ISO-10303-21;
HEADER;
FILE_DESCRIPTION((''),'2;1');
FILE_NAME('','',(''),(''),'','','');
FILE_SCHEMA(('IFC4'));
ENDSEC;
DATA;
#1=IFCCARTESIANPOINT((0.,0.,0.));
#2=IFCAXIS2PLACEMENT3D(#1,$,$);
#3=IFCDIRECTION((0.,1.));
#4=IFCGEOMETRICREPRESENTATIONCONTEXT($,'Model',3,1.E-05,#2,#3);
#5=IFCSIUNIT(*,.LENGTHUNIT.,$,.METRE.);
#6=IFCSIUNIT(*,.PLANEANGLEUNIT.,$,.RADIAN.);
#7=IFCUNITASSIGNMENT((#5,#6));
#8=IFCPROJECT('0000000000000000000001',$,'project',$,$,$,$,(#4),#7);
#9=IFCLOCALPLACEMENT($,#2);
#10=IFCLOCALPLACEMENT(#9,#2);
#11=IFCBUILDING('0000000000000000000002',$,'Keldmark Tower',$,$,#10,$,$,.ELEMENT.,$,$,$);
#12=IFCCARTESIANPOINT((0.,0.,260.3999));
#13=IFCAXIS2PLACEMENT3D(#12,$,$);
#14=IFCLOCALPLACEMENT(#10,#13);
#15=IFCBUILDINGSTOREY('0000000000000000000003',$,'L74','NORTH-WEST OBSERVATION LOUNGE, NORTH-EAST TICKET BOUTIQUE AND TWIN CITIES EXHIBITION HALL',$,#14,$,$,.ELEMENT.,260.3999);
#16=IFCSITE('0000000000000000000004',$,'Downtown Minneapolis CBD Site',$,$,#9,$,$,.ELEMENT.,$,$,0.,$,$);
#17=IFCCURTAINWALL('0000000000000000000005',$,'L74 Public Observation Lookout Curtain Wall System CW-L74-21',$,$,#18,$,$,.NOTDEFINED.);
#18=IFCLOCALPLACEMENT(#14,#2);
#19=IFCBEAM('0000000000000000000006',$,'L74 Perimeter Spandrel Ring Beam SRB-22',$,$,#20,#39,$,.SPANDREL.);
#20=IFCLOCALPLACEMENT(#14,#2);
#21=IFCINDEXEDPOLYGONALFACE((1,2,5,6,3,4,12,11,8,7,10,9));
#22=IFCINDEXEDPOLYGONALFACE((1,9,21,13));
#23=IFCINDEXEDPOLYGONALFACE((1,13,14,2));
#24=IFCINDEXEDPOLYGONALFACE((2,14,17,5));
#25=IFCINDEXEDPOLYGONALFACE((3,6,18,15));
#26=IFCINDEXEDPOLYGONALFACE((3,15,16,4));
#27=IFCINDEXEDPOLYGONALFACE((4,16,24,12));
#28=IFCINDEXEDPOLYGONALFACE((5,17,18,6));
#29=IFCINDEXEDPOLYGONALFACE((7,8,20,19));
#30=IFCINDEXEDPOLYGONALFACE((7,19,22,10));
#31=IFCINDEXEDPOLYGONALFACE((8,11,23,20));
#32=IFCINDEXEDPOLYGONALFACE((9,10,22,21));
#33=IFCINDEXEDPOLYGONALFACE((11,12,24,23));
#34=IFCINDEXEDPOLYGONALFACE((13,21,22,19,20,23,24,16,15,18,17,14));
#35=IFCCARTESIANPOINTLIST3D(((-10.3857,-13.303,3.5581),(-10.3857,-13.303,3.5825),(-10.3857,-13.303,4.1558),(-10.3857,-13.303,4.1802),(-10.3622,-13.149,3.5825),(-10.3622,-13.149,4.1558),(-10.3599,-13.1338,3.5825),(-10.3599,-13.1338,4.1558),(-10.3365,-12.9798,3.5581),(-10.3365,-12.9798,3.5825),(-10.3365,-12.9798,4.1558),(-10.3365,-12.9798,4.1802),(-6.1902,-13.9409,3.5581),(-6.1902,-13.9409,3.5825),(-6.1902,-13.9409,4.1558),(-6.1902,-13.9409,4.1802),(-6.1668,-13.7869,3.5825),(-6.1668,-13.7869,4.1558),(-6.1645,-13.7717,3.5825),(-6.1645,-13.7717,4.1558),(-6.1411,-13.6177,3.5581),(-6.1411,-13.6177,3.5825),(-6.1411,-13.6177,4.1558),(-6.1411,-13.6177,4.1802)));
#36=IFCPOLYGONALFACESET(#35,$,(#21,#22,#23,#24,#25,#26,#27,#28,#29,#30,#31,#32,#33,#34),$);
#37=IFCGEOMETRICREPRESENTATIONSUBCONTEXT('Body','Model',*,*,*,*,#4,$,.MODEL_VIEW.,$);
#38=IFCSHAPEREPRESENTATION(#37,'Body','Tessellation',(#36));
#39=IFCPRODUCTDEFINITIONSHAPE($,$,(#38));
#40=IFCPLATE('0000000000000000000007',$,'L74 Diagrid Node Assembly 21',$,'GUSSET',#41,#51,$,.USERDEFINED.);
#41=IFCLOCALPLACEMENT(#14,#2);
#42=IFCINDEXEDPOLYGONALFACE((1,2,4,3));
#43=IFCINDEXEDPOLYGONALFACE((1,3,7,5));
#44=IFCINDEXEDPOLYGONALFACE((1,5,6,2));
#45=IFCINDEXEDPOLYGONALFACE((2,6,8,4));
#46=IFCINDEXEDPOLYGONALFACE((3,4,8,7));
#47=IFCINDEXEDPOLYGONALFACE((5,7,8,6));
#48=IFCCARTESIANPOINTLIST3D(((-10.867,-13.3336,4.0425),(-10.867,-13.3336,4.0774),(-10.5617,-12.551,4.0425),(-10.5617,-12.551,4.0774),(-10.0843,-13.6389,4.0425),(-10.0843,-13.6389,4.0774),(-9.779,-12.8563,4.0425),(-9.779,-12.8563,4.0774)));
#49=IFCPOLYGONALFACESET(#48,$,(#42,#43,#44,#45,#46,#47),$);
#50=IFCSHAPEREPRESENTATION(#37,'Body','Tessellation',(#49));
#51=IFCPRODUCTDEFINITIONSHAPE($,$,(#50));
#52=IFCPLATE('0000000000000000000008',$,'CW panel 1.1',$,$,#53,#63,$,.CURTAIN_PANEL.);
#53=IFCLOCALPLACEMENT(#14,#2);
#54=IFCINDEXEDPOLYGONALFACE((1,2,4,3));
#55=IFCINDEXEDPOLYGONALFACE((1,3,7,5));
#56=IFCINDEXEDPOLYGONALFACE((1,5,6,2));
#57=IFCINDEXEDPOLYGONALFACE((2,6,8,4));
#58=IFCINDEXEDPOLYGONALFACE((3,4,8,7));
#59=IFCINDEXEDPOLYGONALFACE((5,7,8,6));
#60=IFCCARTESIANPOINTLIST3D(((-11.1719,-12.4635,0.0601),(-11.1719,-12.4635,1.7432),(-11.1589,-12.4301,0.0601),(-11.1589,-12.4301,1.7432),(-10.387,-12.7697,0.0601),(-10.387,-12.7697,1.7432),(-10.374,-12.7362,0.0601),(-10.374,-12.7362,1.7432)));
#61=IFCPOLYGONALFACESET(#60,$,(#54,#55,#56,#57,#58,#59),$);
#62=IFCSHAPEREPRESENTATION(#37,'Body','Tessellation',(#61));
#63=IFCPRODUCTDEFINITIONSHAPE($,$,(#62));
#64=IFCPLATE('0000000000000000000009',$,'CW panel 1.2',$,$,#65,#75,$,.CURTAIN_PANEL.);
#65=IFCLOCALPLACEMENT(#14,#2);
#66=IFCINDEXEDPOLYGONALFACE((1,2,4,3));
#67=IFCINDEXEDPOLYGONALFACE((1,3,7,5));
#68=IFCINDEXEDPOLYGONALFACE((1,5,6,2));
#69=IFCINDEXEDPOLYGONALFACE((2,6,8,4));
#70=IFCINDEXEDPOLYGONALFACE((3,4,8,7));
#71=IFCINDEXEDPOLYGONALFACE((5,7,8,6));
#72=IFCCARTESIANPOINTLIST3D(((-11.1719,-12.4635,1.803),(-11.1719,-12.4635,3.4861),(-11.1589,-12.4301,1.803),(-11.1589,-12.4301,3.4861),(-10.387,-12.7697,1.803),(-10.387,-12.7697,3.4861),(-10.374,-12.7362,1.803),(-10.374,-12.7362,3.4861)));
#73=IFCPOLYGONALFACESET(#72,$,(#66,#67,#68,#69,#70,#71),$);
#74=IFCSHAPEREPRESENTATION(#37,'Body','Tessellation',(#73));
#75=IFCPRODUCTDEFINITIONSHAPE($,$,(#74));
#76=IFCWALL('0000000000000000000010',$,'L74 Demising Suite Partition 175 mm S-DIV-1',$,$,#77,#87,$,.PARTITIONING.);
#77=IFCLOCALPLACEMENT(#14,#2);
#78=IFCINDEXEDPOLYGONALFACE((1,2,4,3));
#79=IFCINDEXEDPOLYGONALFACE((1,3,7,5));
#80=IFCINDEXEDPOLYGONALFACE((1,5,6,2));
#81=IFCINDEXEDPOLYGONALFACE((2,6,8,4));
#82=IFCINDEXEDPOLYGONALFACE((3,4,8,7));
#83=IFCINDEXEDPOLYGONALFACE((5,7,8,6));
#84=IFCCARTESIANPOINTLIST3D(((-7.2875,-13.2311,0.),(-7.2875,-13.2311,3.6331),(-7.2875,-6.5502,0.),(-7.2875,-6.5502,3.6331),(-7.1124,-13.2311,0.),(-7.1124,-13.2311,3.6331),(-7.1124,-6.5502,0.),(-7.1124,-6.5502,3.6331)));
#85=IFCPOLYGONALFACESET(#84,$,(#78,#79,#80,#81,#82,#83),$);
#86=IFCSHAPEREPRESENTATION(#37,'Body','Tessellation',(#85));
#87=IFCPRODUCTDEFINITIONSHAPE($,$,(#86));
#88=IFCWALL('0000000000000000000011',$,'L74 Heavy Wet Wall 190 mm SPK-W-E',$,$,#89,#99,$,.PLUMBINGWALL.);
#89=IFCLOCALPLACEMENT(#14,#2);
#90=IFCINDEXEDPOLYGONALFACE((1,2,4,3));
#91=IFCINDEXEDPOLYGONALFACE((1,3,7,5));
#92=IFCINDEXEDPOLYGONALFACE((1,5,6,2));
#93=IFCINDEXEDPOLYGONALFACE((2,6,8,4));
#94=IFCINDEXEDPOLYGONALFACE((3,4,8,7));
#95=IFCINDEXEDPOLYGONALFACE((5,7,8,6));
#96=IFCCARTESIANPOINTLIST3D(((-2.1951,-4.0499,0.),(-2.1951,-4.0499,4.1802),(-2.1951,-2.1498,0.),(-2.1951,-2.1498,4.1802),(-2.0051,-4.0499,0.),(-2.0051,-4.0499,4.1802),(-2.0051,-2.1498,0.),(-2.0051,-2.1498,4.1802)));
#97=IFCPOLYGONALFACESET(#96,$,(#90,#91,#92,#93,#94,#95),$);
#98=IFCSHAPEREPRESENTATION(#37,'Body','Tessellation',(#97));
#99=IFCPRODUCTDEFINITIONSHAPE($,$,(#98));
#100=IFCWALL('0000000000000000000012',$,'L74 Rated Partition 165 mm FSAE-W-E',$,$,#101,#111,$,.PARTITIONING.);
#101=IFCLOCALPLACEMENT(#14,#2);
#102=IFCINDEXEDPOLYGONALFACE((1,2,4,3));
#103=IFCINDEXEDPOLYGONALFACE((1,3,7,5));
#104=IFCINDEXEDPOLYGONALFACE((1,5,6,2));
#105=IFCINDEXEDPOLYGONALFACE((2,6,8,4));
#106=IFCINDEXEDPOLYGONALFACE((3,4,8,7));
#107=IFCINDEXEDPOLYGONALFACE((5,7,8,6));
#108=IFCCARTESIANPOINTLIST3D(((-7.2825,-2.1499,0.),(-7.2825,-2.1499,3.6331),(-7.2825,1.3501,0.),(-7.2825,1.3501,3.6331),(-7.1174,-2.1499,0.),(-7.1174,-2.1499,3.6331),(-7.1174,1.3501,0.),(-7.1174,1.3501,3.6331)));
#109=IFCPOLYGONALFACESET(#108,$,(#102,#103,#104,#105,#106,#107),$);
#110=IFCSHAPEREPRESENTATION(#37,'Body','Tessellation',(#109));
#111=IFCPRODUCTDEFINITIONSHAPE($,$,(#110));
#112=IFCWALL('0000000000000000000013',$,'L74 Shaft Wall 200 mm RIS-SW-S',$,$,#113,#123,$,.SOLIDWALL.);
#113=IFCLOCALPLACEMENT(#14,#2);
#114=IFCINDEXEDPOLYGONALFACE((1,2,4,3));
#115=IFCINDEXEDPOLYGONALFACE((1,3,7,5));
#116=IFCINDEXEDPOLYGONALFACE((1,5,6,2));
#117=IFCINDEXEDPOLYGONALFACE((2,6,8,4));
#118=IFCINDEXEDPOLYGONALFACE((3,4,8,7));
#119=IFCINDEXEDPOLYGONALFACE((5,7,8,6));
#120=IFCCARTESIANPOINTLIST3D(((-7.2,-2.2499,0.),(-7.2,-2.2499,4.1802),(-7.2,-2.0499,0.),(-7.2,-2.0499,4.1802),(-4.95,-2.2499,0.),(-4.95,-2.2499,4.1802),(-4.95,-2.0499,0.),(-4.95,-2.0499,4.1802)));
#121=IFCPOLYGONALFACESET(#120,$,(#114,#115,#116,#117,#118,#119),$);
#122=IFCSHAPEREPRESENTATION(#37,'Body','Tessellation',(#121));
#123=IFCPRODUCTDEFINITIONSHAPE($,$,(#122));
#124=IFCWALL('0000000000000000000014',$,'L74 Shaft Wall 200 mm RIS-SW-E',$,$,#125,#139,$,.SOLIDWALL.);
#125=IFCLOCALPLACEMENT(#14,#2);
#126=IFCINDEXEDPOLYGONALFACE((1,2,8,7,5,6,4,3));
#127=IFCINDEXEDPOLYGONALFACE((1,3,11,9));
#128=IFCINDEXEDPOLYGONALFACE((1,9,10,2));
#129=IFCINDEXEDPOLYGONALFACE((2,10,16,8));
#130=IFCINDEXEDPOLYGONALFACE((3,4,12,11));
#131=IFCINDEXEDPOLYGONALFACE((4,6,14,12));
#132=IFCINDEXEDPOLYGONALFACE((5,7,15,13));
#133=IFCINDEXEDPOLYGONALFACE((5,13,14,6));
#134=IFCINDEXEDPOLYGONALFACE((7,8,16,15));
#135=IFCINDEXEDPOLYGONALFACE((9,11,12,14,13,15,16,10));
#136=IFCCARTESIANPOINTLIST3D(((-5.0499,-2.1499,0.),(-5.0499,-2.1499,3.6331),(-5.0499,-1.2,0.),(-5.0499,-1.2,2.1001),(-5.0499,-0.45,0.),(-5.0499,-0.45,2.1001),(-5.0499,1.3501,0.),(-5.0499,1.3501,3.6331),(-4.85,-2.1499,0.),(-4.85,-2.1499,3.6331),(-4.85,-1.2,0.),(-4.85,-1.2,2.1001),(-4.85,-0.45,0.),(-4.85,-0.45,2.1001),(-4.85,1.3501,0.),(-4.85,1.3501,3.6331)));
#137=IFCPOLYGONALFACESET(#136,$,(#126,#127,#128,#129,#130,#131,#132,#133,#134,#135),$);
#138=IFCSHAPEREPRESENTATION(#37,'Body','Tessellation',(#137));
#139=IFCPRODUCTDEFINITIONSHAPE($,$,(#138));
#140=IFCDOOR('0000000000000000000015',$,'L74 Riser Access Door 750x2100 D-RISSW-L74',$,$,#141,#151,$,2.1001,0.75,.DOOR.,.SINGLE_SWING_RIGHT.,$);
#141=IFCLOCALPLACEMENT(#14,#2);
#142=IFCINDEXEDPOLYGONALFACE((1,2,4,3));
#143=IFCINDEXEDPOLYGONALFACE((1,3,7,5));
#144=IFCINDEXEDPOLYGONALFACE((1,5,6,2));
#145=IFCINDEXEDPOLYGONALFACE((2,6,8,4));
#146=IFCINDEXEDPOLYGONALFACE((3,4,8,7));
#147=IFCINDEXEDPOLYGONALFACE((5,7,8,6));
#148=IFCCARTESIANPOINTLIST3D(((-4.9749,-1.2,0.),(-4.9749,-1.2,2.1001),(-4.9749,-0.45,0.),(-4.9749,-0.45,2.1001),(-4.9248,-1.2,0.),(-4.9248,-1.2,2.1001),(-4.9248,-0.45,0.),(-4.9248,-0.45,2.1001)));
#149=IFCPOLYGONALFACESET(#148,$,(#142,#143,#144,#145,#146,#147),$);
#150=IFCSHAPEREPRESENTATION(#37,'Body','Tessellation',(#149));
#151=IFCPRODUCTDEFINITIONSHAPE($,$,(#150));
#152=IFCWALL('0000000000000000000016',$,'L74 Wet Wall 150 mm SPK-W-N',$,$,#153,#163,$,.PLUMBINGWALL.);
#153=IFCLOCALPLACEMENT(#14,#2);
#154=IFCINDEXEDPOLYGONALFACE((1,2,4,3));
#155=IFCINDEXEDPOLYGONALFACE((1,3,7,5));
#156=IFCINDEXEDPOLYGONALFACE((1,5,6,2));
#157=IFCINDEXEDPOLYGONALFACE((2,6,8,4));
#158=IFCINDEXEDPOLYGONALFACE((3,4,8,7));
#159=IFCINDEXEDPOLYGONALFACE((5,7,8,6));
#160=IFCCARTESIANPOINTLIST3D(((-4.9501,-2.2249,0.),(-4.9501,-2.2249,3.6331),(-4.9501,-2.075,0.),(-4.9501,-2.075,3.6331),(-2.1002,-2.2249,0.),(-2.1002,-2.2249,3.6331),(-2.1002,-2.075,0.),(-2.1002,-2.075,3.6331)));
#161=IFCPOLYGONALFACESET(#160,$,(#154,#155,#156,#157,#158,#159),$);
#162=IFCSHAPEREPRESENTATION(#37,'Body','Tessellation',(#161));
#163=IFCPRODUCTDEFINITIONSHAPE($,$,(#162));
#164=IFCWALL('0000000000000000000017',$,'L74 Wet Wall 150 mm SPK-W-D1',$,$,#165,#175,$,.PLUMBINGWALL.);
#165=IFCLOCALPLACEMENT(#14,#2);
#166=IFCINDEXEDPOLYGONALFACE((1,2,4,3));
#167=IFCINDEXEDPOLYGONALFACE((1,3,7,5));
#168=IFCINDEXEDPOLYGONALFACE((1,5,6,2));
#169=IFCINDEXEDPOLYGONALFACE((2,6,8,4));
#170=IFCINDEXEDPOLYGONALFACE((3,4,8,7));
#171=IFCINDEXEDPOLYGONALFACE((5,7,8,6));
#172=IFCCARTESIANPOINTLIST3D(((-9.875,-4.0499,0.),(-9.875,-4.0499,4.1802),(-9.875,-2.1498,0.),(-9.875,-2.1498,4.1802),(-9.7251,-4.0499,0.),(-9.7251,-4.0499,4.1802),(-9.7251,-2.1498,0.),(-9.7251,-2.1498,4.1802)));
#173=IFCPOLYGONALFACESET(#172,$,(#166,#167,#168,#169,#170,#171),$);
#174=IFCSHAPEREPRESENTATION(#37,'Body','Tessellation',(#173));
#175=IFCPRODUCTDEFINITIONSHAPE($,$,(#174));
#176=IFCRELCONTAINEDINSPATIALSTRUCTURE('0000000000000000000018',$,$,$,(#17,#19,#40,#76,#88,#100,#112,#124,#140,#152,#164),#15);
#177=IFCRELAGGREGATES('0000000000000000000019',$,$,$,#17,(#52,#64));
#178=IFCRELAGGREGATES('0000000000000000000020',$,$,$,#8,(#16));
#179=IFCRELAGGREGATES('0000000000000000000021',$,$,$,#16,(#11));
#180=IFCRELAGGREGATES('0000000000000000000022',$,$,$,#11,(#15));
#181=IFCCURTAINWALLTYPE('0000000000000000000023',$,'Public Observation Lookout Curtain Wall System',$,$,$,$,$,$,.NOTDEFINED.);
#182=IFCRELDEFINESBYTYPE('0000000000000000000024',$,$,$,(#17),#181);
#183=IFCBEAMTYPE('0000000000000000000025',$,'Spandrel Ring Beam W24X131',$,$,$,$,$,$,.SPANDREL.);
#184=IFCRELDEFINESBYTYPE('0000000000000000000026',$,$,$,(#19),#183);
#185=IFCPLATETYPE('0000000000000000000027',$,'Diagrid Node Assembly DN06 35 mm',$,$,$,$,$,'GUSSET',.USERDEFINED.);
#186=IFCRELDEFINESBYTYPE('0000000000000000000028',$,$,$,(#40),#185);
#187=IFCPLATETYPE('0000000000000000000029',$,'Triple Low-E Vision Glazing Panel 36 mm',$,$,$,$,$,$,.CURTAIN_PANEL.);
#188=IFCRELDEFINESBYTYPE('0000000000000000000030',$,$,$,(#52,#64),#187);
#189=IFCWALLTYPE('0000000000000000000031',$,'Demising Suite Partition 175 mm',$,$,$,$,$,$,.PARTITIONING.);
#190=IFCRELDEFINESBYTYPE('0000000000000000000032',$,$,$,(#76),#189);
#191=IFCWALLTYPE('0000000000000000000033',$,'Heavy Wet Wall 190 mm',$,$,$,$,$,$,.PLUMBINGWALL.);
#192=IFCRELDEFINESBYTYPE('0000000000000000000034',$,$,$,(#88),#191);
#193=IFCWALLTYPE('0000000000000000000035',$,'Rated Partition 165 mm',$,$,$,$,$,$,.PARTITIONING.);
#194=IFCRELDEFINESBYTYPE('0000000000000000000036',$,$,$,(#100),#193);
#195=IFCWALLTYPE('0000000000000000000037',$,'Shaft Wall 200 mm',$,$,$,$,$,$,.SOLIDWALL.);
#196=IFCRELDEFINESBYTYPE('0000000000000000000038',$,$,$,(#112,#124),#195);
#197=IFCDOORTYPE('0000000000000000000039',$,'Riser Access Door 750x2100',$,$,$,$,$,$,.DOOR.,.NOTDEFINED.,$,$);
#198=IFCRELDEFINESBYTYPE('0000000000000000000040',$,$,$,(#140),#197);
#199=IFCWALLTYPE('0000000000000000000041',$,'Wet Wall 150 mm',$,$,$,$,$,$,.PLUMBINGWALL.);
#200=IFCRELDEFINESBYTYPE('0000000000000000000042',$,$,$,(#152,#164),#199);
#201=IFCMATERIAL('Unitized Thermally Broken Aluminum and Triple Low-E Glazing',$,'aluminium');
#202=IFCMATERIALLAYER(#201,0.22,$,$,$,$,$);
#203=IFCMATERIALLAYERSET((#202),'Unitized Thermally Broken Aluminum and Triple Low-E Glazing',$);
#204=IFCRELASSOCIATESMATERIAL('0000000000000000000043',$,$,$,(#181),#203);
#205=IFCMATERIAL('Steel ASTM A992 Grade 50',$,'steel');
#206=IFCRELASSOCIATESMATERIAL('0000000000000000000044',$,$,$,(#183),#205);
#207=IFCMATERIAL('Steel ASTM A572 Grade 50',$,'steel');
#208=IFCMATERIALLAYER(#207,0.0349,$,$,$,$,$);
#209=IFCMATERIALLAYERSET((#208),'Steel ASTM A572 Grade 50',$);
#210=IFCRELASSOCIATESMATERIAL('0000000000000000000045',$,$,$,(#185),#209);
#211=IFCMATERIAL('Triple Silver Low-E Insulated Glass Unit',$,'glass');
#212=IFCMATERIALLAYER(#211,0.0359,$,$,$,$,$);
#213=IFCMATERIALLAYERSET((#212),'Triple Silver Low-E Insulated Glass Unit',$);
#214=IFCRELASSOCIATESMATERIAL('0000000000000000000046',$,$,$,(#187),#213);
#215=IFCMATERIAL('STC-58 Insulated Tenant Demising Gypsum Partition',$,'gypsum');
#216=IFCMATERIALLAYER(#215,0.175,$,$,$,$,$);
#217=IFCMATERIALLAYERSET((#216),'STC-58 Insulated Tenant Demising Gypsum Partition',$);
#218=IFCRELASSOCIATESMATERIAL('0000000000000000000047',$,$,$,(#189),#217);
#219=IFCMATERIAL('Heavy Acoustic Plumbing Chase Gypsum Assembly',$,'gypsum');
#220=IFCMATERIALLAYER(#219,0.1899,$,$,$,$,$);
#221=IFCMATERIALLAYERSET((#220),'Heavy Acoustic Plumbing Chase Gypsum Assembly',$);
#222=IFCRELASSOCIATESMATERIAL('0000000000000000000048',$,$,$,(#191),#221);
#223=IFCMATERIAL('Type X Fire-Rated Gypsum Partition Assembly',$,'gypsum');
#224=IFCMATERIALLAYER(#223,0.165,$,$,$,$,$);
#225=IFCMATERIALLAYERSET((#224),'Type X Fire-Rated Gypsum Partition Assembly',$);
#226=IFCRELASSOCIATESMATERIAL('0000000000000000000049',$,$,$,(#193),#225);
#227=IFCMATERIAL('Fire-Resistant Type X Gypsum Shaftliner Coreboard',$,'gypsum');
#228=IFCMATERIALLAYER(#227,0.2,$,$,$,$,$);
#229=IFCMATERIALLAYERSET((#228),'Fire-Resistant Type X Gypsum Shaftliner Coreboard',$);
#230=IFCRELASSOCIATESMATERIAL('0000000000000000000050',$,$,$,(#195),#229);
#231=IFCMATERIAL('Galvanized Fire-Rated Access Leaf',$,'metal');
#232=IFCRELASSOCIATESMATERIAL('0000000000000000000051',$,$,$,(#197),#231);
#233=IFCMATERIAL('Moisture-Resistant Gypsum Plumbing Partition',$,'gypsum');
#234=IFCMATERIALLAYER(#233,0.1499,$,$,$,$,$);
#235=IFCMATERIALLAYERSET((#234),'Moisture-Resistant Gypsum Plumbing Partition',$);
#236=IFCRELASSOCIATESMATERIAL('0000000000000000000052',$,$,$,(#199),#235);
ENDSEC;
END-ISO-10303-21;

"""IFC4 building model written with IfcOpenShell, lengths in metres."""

from ifc_helpers import new_model, si_unit, direction, frame, frame_2d, origin, origin_2d, place, context, subcontext, project, spatial, rectangle, i_section, extrude, material, layer, layer_set, material_profile, profile_set, type_object, element, fill, aggregate, save


model = new_model("IFC4")

# Units and contexts
model_context = context("Model", 3, precision=1e-05, world=origin(), true_north=direction((0.0, 1.0)))
body_context = subcontext(model_context, "Body", "Model", "MODEL_VIEW")
ifc_project = project(units=[si_unit("LENGTHUNIT", "METRE"), si_unit("PLANEANGLEUNIT", "RADIAN")], contexts=[model_context])

# Site, building, storey
site_placement = place(None, origin())
site = spatial("IfcSite", under=ifc_project, at=site_placement, Name="Downtown Minneapolis CBD Site", CompositionType="ELEMENT", RefElevation=0.0)
building_placement = place(site_placement, origin())
building = spatial("IfcBuilding", under=site, at=building_placement, Name="Keldmark Tower", CompositionType="ELEMENT")
storey_placement = place(building_placement, frame((0.0, 0.0, 260.3999)))
storey = spatial("IfcBuildingStorey", under=building, at=storey_placement, Name="L74", Description="NORTH-WEST OBSERVATION LOUNGE, NORTH-EAST TICKET BOUTIQUE AND TWIN CITIES EXHIBITION HALL", CompositionType="ELEMENT", Elevation=260.3999)

# Curtain wall
ifc_material_1 = material(Name="Unitized Thermally Broken Aluminum and Triple Low-E Glazing", Category="aluminium")
ifc_layer_1 = layer(ifc_material_1, 0.22)
ifc_layer_set_1 = layer_set([ifc_layer_1], Name="Unitized Thermally Broken Aluminum and Triple Low-E Glazing")
curtain_wall_type = type_object("IfcCurtainWallType", Name="Public Observation Lookout Curtain Wall System", PredefinedType="NOTDEFINED", material=ifc_layer_set_1)
curtain_wall_placement = place(storey_placement, origin())
curtain_wall = element("IfcCurtainWall", 1, at=curtain_wall_placement, inside=storey, type_object=curtain_wall_type, Name="L74 Public Observation Lookout Curtain Wall System CW-L74-21", PredefinedType="NOTDEFINED")

# Beam
ifc_material_2 = material(Name="Steel ASTM A992 Grade 50", Category="steel")
ifc_material_profile_1 = material_profile(ifc_material_2, i_section(OverallWidth=0.3269, OverallDepth=0.6221, WebThickness=0.0154, FlangeThickness=0.0244, at=origin_2d()), Name="W24X131")
ifc_profile_set_1 = profile_set([ifc_material_profile_1], Name="Steel ASTM A992 Grade 50")
beam_type_1 = type_object("IfcBeamType", Name="Spandrel Ring Beam W24X131", PredefinedType="SPANDREL", material=ifc_profile_set_1)
beam_1_placement = place(storey_placement, frame((-10.3611, -13.1414, 3.8691), z_axis=(0.988636, -0.150332, 0.0), x_axis=(0.150332, 0.988636, 0.0)))
element("IfcBeam", 2, at=beam_1_placement, inside=storey, type_object=beam_type_1, Name="L74 Perimeter Spandrel Ring Beam SRB-22", PredefinedType="SPANDREL", context=body_context, shape_type="SweptSolid", body=[
    extrude(i_section(OverallWidth=0.3269, OverallDepth=0.6221, WebThickness=0.0154, FlangeThickness=0.0244, at=origin_2d()), origin(), (0.0, 0.0, 1.0), 4.2437),
])

# Plates
ifc_material_3 = material(Name="Steel ASTM A572 Grade 50", Category="steel")
ifc_layer_2 = layer(ifc_material_3, 0.0349)
ifc_layer_set_2 = layer_set([ifc_layer_2], Name="Steel ASTM A572 Grade 50")
plate_type_1 = type_object("IfcPlateType", Name="Diagrid Node Assembly DN06 35 mm", ElementType="GUSSET", PredefinedType="USERDEFINED", material=ifc_layer_set_2)
plate_1_placement = place(storey_placement, frame((-10.323, -13.095, 4.0425), z_axis=(0.0, 0.0, 1.0), x_axis=(0.931628, -0.363414, 0.0)))
element("IfcPlate", 3, at=plate_1_placement, inside=storey, type_object=plate_type_1, Name="L74 Diagrid Node Assembly 21", ObjectType="GUSSET", PredefinedType="USERDEFINED", context=body_context, shape_type="SweptSolid", body=[
    extrude(rectangle(XDim=0.8401, YDim=0.8401, at=origin_2d()), origin(), (0.0, 0.0, 1.0), 0.0349),
])
ifc_material_4 = material(Name="Triple Silver Low-E Insulated Glass Unit", Category="glass")
ifc_layer_3 = layer(ifc_material_4, 0.0359)
ifc_layer_set_3 = layer_set([ifc_layer_3], Name="Triple Silver Low-E Insulated Glass Unit")
plate_type_2 = type_object("IfcPlateType", Name="Triple Low-E Vision Glazing Panel 36 mm", PredefinedType="CURTAIN_PANEL", material=ifc_layer_set_3)
plate_2_placement = place(storey_placement, frame((-10.7729, -12.5999, 0.0601), z_axis=(0.0, 0.0, 1.0), x_axis=(-0.93164, 0.363381, 0.0)))
plate_2 = element("IfcPlate", 4, at=plate_2_placement, type_object=plate_type_2, Name="CW panel 1.1", PredefinedType="CURTAIN_PANEL", context=body_context, shape_type="SweptSolid", body=[
    extrude(rectangle(XDim=0.8425, YDim=0.0359, at=origin_2d()), origin(), (0.0, 0.0, 1.0), 1.6831),
])
plate_3_placement = place(storey_placement, frame((-10.7729, -12.5999, 1.803), z_axis=(0.0, 0.0, 1.0), x_axis=(-0.93164, 0.363381, 0.0)))
plate_3 = element("IfcPlate", 5, at=plate_3_placement, type_object=plate_type_2, Name="CW panel 1.2", PredefinedType="CURTAIN_PANEL", context=body_context, shape_type="SweptSolid", body=[
    extrude(rectangle(XDim=0.8425, YDim=0.0359, at=origin_2d()), origin(), (0.0, 0.0, 1.0), 1.6831),
])
aggregate(curtain_wall, [plate_2, plate_3])

# Walls
ifc_material_5 = material(Name="STC-58 Insulated Tenant Demising Gypsum Partition", Category="gypsum")
ifc_layer_4 = layer(ifc_material_5, 0.175)
ifc_layer_set_4 = layer_set([ifc_layer_4], Name="STC-58 Insulated Tenant Demising Gypsum Partition")
wall_type_1 = type_object("IfcWallType", Name="Demising Suite Partition 175 mm", PredefinedType="PARTITIONING", material=ifc_layer_set_4)
wall_1_placement = place(storey_placement, frame((-7.2, -13.231, 0.0), z_axis=(0.0, 0.0, 1.0), x_axis=(0.0, 1.0, 0.0)))
element("IfcWall", 6, at=wall_1_placement, inside=storey, type_object=wall_type_1, Name="L74 Demising Suite Partition 175 mm S-DIV-1", PredefinedType="PARTITIONING", context=body_context, shape_type="SweptSolid", body=[
    extrude(rectangle(XDim=6.6809, YDim=0.175, at=frame_2d((3.3403, 0.0))), origin(), (0.0, 0.0, 1.0), 3.6331),
])
ifc_material_6 = material(Name="Heavy Acoustic Plumbing Chase Gypsum Assembly", Category="gypsum")
ifc_layer_5 = layer(ifc_material_6, 0.1899)
ifc_layer_set_5 = layer_set([ifc_layer_5], Name="Heavy Acoustic Plumbing Chase Gypsum Assembly")
wall_type_2 = type_object("IfcWallType", Name="Heavy Wet Wall 190 mm", PredefinedType="PLUMBINGWALL", material=ifc_layer_set_5)
wall_2_placement = place(storey_placement, frame((-2.1001, -4.05, 0.0), z_axis=(0.0, 0.0, 1.0), x_axis=(0.0, 1.0, 0.0)))
element("IfcWall", 7, at=wall_2_placement, inside=storey, type_object=wall_type_2, Name="L74 Heavy Wet Wall 190 mm SPK-W-E", PredefinedType="PLUMBINGWALL", context=body_context, shape_type="SweptSolid", body=[
    extrude(rectangle(XDim=1.9001, YDim=0.1899, at=frame_2d((0.9502, 0.0))), origin(), (0.0, 0.0, 1.0), 4.1802),
])
ifc_material_7 = material(Name="Type X Fire-Rated Gypsum Partition Assembly", Category="gypsum")
ifc_layer_6 = layer(ifc_material_7, 0.165)
ifc_layer_set_6 = layer_set([ifc_layer_6], Name="Type X Fire-Rated Gypsum Partition Assembly")
wall_type_3 = type_object("IfcWallType", Name="Rated Partition 165 mm", PredefinedType="PARTITIONING", material=ifc_layer_set_6)
wall_3_placement = place(storey_placement, frame((-7.2, -2.1499, 0.0), z_axis=(0.0, 0.0, 1.0), x_axis=(0.0, 1.0, 0.0)))
element("IfcWall", 8, at=wall_3_placement, inside=storey, type_object=wall_type_3, Name="L74 Rated Partition 165 mm FSAE-W-E", PredefinedType="PARTITIONING", context=body_context, shape_type="SweptSolid", body=[
    extrude(rectangle(XDim=3.5, YDim=0.165, at=frame_2d((1.75, 0.0))), origin(), (0.0, 0.0, 1.0), 3.6331),
])
ifc_material_8 = material(Name="Fire-Resistant Type X Gypsum Shaftliner Coreboard", Category="gypsum")
ifc_layer_7 = layer(ifc_material_8, 0.2)
ifc_layer_set_7 = layer_set([ifc_layer_7], Name="Fire-Resistant Type X Gypsum Shaftliner Coreboard")
wall_type_4 = type_object("IfcWallType", Name="Shaft Wall 200 mm", PredefinedType="SOLIDWALL", material=ifc_layer_set_7)
wall_4_placement = place(storey_placement, frame((-7.2, -2.1499, 0.0), z_axis=(0.0, 0.0, 1.0), x_axis=(1.0, 0.0, 0.0)))
element("IfcWall", 9, at=wall_4_placement, inside=storey, type_object=wall_type_4, Name="L74 Shaft Wall 200 mm RIS-SW-S", PredefinedType="SOLIDWALL", context=body_context, shape_type="SweptSolid", body=[
    extrude(rectangle(XDim=2.25, YDim=0.2, at=frame_2d((1.125, 0.0))), origin(), (0.0, 0.0, 1.0), 4.1802),
])

# Wall, opening, door
wall_5_placement = place(storey_placement, frame((-4.95, -2.1499, 0.0), z_axis=(0.0, 0.0, 1.0), x_axis=(0.0, 1.0, 0.0)))
wall_5 = element("IfcWall", 10, at=wall_5_placement, inside=storey, type_object=wall_type_4, Name="L74 Shaft Wall 200 mm RIS-SW-E", PredefinedType="SOLIDWALL", context=body_context, shape_type="SweptSolid", body=[
    extrude(rectangle(XDim=3.5, YDim=0.2, at=frame_2d((1.75, 0.0))), origin(), (0.0, 0.0, 1.0), 3.6331),
])
opening_placement = place(wall_5_placement, frame((0.95, 0.0, 0.0)))
opening = element("IfcOpeningElement", 11, at=opening_placement, cuts=wall_5, PredefinedType="OPENING", context=body_context, shape_type="SweptSolid", body=[
    extrude(rectangle(XDim=0.75, YDim=2.1001, at=frame_2d((0.375, 1.05))), frame((0.0, 0.1099, 0.0), z_axis=(0.0, -1.0, 0.0), x_axis=(1.0, 0.0, 0.0)), (0.0, 0.0, 1.0), 0.22),
])
ifc_material_9 = material(Name="Galvanized Fire-Rated Access Leaf", Category="metal")
door_type = type_object("IfcDoorType", Name="Riser Access Door 750x2100", OperationType="NOTDEFINED", PredefinedType="DOOR", material=ifc_material_9)
door_placement = place(opening_placement, origin())
door = element("IfcDoor", 12, at=door_placement, inside=storey, type_object=door_type, Name="L74 Riser Access Door 750x2100 D-RISSW-L74", OperationType="SINGLE_SWING_RIGHT", OverallHeight=2.1001, OverallWidth=0.75, PredefinedType="DOOR", context=body_context, shape_type="SweptSolid", body=[
    extrude(rectangle(XDim=0.75, YDim=2.1001, at=frame_2d((0.375, 1.05))), frame((0.0, 0.0249, 0.0), z_axis=(0.0, -1.0, 0.0), x_axis=(1.0, 0.0, 0.0)), (0.0, 0.0, 1.0), 0.05),
])
fill(opening, door)

# Walls
ifc_material_10 = material(Name="Moisture-Resistant Gypsum Plumbing Partition", Category="gypsum")
ifc_layer_8 = layer(ifc_material_10, 0.1499)
ifc_layer_set_8 = layer_set([ifc_layer_8], Name="Moisture-Resistant Gypsum Plumbing Partition")
wall_type_5 = type_object("IfcWallType", Name="Wet Wall 150 mm", PredefinedType="PLUMBINGWALL", material=ifc_layer_set_8)
wall_6_placement = place(storey_placement, frame((-4.95, -2.1499, 0.0), z_axis=(0.0, 0.0, 1.0), x_axis=(1.0, 0.0, 0.0)))
element("IfcWall", 13, at=wall_6_placement, inside=storey, type_object=wall_type_5, Name="L74 Wet Wall 150 mm SPK-W-N", PredefinedType="PLUMBINGWALL", context=body_context, shape_type="SweptSolid", body=[
    extrude(rectangle(XDim=2.8499, YDim=0.1499, at=frame_2d((1.4248, 0.0))), origin(), (0.0, 0.0, 1.0), 3.6331),
])
wall_7_placement = place(storey_placement, frame((-9.8, -4.05, 0.0), z_axis=(0.0, 0.0, 1.0), x_axis=(0.0, 1.0, 0.0)))
element("IfcWall", 14, at=wall_7_placement, inside=storey, type_object=wall_type_5, Name="L74 Wet Wall 150 mm SPK-W-D1", PredefinedType="PLUMBINGWALL", context=body_context, shape_type="SweptSolid", body=[
    extrude(rectangle(XDim=1.9001, YDim=0.1499, at=frame_2d((0.9502, 0.0))), origin(), (0.0, 0.0, 1.0), 4.1802),
])

save(model, "model.ifc")
